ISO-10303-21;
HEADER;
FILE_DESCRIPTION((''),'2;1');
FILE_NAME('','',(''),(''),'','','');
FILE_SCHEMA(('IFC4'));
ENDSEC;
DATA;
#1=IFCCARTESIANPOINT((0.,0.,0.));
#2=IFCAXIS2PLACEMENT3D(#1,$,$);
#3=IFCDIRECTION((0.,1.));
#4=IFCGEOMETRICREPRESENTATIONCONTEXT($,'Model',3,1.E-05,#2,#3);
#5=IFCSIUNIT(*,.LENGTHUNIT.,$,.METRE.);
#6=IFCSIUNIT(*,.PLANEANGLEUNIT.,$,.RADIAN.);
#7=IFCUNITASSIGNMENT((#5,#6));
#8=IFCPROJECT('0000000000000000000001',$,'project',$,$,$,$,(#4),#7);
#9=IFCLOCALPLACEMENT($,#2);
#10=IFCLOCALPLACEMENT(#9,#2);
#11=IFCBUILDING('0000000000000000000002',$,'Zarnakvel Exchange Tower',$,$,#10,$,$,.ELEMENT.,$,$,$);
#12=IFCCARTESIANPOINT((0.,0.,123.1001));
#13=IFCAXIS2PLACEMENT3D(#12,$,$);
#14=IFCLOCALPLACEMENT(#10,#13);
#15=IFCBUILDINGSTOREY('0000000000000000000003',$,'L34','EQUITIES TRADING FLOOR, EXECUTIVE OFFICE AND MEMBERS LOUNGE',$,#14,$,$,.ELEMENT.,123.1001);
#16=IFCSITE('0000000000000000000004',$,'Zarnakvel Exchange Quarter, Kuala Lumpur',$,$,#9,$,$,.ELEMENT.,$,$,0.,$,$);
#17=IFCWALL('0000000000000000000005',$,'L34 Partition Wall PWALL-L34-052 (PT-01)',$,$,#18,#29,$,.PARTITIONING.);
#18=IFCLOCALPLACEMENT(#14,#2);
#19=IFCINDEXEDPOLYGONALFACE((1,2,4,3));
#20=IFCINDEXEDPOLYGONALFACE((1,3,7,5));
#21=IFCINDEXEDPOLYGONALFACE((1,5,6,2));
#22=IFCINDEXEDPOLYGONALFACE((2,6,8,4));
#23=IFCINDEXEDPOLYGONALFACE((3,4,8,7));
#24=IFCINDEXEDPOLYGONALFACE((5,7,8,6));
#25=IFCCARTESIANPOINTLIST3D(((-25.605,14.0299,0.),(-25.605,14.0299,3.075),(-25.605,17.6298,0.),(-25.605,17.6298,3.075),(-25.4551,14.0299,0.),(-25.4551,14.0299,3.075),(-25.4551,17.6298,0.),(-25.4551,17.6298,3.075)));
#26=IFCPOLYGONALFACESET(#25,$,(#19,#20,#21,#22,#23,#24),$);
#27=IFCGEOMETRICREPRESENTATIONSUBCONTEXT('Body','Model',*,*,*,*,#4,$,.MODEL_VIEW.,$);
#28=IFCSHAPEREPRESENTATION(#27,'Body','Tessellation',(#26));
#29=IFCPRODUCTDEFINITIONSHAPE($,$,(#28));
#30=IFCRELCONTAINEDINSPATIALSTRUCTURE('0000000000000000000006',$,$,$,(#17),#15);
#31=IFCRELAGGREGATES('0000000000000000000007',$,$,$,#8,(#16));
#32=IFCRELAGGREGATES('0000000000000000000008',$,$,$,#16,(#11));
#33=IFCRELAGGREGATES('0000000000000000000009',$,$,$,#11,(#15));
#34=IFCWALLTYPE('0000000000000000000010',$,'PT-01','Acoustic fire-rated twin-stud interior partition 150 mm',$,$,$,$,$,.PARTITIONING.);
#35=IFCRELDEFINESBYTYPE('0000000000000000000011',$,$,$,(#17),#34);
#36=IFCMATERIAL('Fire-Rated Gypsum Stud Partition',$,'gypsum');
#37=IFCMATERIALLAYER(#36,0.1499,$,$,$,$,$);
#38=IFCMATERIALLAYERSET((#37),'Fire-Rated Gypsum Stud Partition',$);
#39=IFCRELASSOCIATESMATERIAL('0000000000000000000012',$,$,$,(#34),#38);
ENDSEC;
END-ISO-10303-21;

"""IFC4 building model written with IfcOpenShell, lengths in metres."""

from ifc_helpers import new_model, si_unit, direction, frame, frame_2d, origin, place, context, subcontext, project, spatial, rectangle, extrude, material, layer, layer_set, type_object, element, save


model = new_model("IFC4")

# Units and contexts
model_context = context("Model", 3, precision=1e-05, world=origin(), true_north=direction((0.0, 1.0)))
body_context = subcontext(model_context, "Body", "Model", "MODEL_VIEW")
ifc_project = project(units=[si_unit("LENGTHUNIT", "METRE"), si_unit("PLANEANGLEUNIT", "RADIAN")], contexts=[model_context])

# Site, building, storey
site_placement = place(None, origin())
site = spatial("IfcSite", under=ifc_project, at=site_placement, Name="Zarnakvel Exchange Quarter, Kuala Lumpur", CompositionType="ELEMENT", RefElevation=0.0)
building_placement = place(site_placement, origin())
building = spatial("IfcBuilding", under=site, at=building_placement, Name="Zarnakvel Exchange Tower", CompositionType="ELEMENT")
storey_placement = place(building_placement, frame((0.0, 0.0, 123.1001)))
storey = spatial("IfcBuildingStorey", under=building, at=storey_placement, Name="L34", Description="EQUITIES TRADING FLOOR, EXECUTIVE OFFICE AND MEMBERS LOUNGE", CompositionType="ELEMENT", Elevation=123.1001)

# Shared definitions
ifc_material_1 = material(Name="Fire-Rated Gypsum Stud Partition", Category="gypsum")
ifc_layer_1 = layer(ifc_material_1, 0.1499)
ifc_layer_set_1 = layer_set([ifc_layer_1], Name="Fire-Rated Gypsum Stud Partition")
wall_type_1 = type_object("IfcWallType", Name="PT-01", Description="Acoustic fire-rated twin-stud interior partition 150 mm", PredefinedType="PARTITIONING", material=ifc_layer_set_1)

# Wall
wall_1_placement = place(storey_placement, frame((-25.53, 14.03, 0.0), z_axis=(0.0, 0.0, 1.0), x_axis=(0.0, 1.0, 0.0)))
element("IfcWall", 1, at=wall_1_placement, inside=storey, type_object=wall_type_1, Name="L34 Partition Wall PWALL-L34-052 (PT-01)", PredefinedType="PARTITIONING", context=body_context, shape_type="SweptSolid", body=[
    extrude(rectangle(XDim=3.5999, YDim=0.1499, at=frame_2d((1.7998, 0.0))), origin(), (0.0, 0.0, 1.0), 3.075),
])

save(model, "model.ifc")
